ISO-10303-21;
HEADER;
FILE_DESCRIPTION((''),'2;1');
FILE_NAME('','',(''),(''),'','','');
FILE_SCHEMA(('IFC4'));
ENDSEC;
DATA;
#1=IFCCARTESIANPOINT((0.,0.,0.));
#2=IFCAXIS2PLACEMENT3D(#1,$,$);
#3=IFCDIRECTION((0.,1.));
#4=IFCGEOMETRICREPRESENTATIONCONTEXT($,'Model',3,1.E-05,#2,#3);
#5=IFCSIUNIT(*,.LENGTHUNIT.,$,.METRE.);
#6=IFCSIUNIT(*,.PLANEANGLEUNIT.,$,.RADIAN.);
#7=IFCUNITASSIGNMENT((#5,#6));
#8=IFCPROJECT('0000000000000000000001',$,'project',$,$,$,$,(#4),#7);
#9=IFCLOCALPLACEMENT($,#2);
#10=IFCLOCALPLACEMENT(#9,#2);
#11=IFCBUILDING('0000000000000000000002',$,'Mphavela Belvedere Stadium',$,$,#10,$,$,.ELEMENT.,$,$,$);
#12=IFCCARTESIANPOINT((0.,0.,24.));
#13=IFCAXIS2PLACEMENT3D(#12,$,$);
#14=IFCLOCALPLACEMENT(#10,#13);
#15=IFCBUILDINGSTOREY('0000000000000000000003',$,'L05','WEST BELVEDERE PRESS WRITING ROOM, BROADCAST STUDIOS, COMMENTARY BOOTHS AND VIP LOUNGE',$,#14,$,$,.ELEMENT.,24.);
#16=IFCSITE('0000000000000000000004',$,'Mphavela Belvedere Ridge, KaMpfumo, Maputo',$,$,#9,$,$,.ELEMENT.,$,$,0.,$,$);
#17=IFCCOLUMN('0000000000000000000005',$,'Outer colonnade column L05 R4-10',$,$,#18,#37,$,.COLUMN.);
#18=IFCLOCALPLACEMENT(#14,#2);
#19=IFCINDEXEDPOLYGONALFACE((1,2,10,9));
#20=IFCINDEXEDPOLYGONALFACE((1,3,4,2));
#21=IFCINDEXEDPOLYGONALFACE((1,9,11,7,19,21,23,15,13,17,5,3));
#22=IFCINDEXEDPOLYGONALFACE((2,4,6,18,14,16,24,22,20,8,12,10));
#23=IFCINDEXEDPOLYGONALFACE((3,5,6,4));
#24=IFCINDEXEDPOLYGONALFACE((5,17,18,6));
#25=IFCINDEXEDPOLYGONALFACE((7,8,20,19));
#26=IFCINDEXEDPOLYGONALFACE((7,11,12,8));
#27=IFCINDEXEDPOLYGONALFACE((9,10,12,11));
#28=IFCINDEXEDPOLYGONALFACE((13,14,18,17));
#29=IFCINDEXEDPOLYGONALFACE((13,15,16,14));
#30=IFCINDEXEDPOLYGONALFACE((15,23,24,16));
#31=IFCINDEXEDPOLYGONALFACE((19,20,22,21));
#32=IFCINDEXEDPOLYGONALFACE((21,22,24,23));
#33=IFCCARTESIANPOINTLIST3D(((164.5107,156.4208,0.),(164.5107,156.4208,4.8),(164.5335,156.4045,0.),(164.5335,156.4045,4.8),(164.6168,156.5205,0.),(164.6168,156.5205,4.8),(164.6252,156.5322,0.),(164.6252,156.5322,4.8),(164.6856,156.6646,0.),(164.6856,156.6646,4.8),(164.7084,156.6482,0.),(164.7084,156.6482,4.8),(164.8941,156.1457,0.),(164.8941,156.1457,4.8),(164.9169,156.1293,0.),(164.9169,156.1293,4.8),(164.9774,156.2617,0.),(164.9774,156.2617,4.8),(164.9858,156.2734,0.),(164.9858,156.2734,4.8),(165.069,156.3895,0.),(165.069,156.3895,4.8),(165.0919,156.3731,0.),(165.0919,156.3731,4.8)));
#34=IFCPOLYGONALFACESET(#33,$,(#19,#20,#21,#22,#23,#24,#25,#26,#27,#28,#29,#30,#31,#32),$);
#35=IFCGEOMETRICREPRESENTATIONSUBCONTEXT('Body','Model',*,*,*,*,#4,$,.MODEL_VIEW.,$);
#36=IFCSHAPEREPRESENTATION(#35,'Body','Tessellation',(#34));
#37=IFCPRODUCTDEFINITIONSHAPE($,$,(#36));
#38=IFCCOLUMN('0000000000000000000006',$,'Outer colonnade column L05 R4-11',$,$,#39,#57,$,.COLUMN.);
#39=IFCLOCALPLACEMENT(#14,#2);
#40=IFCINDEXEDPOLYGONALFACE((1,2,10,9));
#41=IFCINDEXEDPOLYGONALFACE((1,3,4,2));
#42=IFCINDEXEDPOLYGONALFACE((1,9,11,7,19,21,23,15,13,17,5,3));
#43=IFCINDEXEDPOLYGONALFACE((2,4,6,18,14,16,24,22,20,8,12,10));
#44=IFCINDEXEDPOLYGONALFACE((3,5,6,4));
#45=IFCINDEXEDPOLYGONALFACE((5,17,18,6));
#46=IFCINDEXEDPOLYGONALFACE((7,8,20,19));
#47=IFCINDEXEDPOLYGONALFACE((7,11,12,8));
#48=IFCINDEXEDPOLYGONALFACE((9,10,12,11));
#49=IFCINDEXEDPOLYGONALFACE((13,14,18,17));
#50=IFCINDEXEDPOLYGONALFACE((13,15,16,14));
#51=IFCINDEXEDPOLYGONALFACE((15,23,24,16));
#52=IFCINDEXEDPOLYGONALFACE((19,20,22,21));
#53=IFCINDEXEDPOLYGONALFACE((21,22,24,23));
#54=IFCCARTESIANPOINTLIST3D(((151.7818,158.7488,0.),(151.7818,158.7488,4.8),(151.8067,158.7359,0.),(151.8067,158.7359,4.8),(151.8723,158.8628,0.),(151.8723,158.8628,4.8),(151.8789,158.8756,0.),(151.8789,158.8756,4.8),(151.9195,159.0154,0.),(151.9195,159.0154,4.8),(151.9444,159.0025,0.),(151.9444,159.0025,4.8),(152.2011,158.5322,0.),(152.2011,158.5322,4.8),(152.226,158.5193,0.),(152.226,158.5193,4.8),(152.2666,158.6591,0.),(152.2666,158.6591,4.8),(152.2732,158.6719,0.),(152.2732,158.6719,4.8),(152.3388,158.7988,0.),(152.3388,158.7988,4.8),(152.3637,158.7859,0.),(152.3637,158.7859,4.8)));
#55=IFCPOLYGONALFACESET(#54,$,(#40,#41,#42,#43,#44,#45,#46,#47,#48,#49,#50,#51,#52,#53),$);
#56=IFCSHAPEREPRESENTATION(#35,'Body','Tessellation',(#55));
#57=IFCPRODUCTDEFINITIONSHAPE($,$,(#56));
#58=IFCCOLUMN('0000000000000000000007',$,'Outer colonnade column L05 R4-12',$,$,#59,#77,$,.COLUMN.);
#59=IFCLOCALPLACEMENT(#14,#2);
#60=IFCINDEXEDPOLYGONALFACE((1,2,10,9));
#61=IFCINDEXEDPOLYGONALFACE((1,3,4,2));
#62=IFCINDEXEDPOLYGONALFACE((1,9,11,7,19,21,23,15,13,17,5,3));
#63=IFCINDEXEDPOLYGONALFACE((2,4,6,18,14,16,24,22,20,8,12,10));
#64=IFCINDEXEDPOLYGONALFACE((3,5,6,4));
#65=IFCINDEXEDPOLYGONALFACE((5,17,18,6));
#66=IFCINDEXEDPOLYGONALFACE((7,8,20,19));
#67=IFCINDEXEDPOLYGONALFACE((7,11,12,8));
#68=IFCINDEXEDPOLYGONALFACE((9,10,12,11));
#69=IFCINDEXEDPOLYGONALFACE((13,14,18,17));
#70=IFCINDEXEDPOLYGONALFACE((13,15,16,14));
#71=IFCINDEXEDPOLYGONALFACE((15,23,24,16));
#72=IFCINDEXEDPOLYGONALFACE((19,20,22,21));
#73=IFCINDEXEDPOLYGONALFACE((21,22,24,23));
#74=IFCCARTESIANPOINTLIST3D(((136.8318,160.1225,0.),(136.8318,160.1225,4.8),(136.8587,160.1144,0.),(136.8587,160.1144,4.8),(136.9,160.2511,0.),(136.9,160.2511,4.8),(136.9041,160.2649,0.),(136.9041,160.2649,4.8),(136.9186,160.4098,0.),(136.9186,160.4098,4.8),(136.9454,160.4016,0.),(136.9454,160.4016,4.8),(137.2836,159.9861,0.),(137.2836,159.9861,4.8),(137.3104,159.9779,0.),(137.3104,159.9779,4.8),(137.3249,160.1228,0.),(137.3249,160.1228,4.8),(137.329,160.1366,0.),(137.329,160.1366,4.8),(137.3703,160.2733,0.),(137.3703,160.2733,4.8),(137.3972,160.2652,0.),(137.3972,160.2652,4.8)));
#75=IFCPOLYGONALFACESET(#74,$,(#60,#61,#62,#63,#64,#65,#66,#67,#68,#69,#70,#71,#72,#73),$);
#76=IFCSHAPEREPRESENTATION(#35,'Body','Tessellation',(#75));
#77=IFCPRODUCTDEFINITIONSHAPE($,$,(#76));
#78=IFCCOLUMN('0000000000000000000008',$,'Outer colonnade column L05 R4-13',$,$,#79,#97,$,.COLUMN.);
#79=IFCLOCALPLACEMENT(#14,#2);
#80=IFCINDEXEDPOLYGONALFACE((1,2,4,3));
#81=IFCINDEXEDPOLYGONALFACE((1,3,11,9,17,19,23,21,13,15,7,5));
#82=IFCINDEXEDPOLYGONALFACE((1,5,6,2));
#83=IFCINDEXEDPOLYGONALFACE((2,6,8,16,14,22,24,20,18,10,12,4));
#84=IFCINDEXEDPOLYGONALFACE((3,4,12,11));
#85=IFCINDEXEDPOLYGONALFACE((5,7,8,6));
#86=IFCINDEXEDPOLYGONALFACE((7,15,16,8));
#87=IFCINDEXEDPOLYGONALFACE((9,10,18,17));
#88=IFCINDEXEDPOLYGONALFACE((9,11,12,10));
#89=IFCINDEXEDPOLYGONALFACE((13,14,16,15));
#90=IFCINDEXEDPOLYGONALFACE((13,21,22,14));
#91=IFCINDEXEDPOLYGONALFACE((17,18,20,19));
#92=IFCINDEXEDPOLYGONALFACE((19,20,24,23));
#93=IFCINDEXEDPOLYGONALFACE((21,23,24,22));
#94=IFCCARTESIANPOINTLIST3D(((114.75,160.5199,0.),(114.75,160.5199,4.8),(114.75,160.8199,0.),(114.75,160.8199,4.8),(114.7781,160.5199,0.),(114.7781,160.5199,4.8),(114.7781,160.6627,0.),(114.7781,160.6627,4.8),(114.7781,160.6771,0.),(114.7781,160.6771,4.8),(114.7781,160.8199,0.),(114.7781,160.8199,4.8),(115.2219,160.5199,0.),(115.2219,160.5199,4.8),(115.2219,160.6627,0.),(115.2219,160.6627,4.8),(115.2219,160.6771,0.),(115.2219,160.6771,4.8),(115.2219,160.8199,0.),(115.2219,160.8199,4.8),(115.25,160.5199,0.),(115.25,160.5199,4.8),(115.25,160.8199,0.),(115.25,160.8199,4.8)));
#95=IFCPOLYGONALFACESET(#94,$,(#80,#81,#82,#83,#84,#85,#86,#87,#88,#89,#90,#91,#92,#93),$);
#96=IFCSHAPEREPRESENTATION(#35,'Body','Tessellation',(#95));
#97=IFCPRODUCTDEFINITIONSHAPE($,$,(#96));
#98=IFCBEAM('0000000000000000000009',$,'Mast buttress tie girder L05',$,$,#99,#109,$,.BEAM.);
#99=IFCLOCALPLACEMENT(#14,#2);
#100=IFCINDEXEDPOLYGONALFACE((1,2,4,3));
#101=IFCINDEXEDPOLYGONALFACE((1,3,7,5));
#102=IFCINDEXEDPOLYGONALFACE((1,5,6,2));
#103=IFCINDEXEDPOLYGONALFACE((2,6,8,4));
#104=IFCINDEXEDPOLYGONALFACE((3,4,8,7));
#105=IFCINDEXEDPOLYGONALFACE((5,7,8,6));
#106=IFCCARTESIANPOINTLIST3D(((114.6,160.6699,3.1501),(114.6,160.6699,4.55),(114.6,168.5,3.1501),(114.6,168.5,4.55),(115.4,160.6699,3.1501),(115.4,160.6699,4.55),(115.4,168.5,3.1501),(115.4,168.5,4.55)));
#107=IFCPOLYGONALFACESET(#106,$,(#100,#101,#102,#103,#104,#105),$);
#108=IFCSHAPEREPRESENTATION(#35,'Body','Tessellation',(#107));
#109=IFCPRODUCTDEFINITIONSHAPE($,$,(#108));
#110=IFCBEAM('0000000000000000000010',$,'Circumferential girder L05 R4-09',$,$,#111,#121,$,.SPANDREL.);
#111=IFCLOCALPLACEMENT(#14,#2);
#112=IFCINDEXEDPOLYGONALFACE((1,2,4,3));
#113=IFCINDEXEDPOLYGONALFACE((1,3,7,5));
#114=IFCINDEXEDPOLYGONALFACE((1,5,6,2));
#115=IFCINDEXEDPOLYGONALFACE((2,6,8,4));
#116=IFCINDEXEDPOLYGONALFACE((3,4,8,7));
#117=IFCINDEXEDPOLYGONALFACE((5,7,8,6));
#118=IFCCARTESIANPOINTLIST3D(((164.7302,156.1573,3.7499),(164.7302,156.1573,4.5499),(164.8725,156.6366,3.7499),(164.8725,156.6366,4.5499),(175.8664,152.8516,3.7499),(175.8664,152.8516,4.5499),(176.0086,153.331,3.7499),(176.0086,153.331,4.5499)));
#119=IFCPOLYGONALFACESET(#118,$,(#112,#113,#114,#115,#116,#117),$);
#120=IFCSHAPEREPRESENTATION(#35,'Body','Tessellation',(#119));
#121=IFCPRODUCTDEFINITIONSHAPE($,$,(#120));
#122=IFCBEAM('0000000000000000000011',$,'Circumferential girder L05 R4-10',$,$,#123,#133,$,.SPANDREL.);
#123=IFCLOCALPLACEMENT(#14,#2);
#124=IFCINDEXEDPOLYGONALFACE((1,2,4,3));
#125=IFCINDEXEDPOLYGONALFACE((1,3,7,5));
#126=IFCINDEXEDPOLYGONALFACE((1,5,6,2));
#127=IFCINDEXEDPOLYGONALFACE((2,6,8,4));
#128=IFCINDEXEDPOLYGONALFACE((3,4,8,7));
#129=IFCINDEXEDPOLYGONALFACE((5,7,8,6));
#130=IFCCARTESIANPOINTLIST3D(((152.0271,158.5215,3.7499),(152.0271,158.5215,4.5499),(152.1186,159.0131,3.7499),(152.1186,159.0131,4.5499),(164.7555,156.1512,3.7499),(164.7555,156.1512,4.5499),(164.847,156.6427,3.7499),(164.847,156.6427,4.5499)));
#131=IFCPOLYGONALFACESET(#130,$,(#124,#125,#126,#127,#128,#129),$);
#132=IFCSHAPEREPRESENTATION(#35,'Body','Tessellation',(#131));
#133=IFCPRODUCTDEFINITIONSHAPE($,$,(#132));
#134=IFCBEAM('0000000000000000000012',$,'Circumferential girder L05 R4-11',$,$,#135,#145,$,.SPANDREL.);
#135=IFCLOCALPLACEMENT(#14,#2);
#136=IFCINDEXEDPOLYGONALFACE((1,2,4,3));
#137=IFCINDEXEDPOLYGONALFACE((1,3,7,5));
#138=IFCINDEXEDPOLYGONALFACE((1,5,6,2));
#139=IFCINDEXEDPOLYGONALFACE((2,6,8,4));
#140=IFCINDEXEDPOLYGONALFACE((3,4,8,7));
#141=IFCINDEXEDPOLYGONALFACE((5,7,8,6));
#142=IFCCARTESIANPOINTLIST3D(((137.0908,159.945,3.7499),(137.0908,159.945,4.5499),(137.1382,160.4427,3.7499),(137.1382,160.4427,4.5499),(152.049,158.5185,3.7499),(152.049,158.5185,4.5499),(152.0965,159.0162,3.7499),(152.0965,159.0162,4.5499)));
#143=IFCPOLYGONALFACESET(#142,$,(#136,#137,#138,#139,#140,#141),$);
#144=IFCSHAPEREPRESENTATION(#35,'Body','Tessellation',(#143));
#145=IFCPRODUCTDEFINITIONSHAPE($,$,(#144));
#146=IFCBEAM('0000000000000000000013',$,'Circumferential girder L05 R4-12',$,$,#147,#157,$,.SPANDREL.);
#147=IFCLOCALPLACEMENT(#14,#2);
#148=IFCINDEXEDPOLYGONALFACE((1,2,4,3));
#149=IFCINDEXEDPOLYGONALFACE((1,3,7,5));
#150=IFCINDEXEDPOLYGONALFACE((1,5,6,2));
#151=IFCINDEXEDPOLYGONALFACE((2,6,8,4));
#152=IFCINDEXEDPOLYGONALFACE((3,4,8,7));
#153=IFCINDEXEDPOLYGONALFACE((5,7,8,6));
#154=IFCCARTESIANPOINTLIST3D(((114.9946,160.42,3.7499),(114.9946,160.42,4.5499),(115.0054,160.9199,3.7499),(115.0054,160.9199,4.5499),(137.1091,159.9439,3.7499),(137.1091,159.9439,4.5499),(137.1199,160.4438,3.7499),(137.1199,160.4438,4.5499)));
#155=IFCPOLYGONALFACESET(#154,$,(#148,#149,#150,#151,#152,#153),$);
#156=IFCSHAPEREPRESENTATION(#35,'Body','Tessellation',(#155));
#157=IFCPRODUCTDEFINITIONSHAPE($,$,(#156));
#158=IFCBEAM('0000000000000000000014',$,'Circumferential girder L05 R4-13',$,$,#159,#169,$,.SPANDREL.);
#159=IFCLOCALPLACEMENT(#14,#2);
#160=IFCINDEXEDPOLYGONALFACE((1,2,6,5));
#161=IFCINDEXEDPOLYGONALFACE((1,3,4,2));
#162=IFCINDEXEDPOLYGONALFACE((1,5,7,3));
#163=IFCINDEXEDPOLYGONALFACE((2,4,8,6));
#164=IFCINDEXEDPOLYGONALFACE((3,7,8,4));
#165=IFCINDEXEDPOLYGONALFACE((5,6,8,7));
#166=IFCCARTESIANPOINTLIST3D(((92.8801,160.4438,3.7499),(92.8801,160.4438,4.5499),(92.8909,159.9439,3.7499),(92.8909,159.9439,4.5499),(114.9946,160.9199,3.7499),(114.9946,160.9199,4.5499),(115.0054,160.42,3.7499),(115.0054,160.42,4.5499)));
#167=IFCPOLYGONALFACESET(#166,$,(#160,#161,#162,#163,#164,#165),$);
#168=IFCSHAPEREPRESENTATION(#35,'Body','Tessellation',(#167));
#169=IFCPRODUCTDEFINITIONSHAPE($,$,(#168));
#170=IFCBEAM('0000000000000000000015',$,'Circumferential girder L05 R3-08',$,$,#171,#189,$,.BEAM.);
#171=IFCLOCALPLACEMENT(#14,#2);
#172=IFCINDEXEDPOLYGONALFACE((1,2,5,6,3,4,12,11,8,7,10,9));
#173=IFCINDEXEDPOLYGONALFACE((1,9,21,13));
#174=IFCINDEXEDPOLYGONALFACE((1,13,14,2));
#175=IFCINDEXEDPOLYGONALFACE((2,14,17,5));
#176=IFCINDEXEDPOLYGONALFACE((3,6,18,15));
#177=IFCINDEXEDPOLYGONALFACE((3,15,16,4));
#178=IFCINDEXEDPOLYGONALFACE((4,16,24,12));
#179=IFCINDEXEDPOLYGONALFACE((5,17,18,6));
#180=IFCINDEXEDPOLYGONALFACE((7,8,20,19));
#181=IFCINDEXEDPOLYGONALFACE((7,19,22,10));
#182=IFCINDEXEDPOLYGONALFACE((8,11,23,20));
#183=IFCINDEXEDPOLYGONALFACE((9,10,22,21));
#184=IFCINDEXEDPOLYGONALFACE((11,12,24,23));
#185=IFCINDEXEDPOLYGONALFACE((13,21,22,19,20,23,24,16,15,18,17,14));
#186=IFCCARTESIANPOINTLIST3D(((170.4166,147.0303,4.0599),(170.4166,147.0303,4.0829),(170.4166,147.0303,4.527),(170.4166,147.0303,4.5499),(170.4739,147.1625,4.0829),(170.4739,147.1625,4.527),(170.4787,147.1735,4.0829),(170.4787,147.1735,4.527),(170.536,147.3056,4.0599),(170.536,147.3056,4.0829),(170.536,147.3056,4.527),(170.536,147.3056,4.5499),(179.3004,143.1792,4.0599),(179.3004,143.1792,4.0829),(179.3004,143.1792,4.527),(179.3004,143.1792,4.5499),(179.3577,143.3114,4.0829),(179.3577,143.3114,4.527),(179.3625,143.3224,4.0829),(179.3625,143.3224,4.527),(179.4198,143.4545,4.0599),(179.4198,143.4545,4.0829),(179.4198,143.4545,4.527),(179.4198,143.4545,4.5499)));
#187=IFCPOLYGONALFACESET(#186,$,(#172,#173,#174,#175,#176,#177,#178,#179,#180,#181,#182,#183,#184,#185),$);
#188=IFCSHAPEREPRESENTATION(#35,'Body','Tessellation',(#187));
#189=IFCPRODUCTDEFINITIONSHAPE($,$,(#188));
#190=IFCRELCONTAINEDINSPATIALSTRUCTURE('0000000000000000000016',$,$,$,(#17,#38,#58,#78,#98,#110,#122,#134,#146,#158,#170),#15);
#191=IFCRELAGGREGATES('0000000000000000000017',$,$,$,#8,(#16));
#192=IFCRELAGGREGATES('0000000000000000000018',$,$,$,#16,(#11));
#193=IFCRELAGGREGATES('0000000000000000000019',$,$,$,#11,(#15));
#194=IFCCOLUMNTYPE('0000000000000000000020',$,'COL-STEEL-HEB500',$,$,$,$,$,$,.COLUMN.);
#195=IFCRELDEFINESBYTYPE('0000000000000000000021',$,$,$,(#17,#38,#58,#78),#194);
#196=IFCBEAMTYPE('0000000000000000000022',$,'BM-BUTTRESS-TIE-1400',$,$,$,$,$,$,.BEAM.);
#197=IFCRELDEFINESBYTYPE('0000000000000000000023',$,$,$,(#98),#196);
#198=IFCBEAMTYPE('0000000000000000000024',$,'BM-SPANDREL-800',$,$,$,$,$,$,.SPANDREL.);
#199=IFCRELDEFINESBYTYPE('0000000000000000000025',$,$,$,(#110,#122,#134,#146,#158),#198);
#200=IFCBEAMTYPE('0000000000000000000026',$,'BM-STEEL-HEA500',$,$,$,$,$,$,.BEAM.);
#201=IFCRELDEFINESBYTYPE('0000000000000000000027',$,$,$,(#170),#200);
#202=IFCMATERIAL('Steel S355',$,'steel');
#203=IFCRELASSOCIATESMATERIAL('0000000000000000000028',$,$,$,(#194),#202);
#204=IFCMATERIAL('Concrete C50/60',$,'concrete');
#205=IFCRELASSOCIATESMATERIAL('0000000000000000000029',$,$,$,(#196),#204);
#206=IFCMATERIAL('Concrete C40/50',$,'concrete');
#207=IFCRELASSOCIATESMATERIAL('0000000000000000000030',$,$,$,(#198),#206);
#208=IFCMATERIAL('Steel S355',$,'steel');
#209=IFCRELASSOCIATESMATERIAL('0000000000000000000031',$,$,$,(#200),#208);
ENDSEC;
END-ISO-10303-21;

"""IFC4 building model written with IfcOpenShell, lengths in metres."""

from ifc_helpers import new_model, si_unit, direction, frame, origin, origin_2d, place, context, subcontext, project, spatial, rectangle, i_section, extrude, material, material_profile, profile_set, type_object, element, save


model = new_model("IFC4")

# Units and contexts
model_context = context("Model", 3, precision=1e-05, world=origin(), true_north=direction((0.0, 1.0)))
body_context = subcontext(model_context, "Body", "Model", "MODEL_VIEW")
ifc_project = project(units=[si_unit("LENGTHUNIT", "METRE"), si_unit("PLANEANGLEUNIT", "RADIAN")], contexts=[model_context])

# Site, building, storey
site_placement = place(None, origin())
site = spatial("IfcSite", under=ifc_project, at=site_placement, Name="Mphavela Belvedere Ridge, KaMpfumo, Maputo", CompositionType="ELEMENT", RefElevation=0.0)
building_placement = place(site_placement, origin())
building = spatial("IfcBuilding", under=site, at=building_placement, Name="Mphavela Belvedere Stadium", CompositionType="ELEMENT")
storey_placement = place(building_placement, frame((0.0, 0.0, 24.0)))
storey = spatial("IfcBuildingStorey", under=building, at=storey_placement, Name="L05", Description="WEST BELVEDERE PRESS WRITING ROOM, BROADCAST STUDIOS, COMMENTARY BOOTHS AND VIP LOUNGE", CompositionType="ELEMENT", Elevation=24.0)

# Columns
ifc_material_1 = material(Name="Steel S355", Category="steel")
ifc_material_profile_1 = material_profile(ifc_material_1, i_section(OverallWidth=0.3, OverallDepth=0.5, WebThickness=0.0144, FlangeThickness=0.0281, at=origin_2d()), Name="HEB 500")
ifc_profile_set_1 = profile_set([ifc_material_profile_1], Name="Steel S355")
column_type_1 = type_object("IfcColumnType", Name="COL-STEEL-HEB500", PredefinedType="COLUMN", material=ifc_profile_set_1)
for number, where, z_axis, x_axis, name in (
    (1, (164.8013, 156.397, 0.0), (0.0, 0.0, 1.0), (0.582974, 0.812491, 0.0), "Outer colonnade column L05 R4-10"),
    (2, (152.0728, 158.7673, 0.0), (0.0, 0.0, 1.0), (0.45896, 0.888457, 0.0), "Outer colonnade column L05 R4-11"),
    (3, (137.1145, 160.1938, 0.0), (0.0, 0.0, 1.0), (0.289199, 0.957269, 0.0), "Outer colonnade column L05 R4-12"),
    (4, (115.0, 160.6699, 0.0), (0.0, 0.0, 1.0), (0.0, 1.0, 0.0), "Outer colonnade column L05 R4-13"),
):
    element("IfcColumn", number, at=place(storey_placement, frame(where, z_axis=z_axis, x_axis=x_axis)), inside=storey, type_object=column_type_1, Name=name, PredefinedType="COLUMN", context=body_context, shape_type="SweptSolid", body=[
        extrude(i_section(OverallWidth=0.3, OverallDepth=0.5, WebThickness=0.0144, FlangeThickness=0.0281, at=origin_2d()), origin(), (0.0, 0.0, 1.0), 4.8),
    ])

# Beams
ifc_material_2 = material(Name="Concrete C50/60", Category="concrete")
ifc_material_profile_2 = material_profile(ifc_material_2, rectangle(XDim=0.8, YDim=1.3999, at=origin_2d()), Name="RC 800x1400")
ifc_profile_set_2 = profile_set([ifc_material_profile_2], Name="Concrete C50/60")
beam_type_1 = type_object("IfcBeamType", Name="BM-BUTTRESS-TIE-1400", PredefinedType="BEAM", material=ifc_profile_set_2)
beam_1_placement = place(storey_placement, frame((115.0, 160.6699, 3.8501), z_axis=(0.0, 1.0, 0.0), x_axis=(-1.0, 0.0, 0.0)))
element("IfcBeam", 5, at=beam_1_placement, inside=storey, type_object=beam_type_1, Name="Mast buttress tie girder L05", PredefinedType="BEAM", context=body_context, shape_type="SweptSolid", body=[
    extrude(rectangle(XDim=0.8, YDim=1.3999, at=origin_2d()), origin(), (0.0, 0.0, 1.0), 7.8301),
])
ifc_material_3 = material(Name="Concrete C40/50", Category="concrete")
ifc_material_profile_3 = material_profile(ifc_material_3, rectangle(XDim=0.5, YDim=0.8, at=origin_2d()), Name="RC 500x800")
ifc_profile_set_3 = profile_set([ifc_material_profile_3], Name="Concrete C40/50")
beam_type_2 = type_object("IfcBeamType", Name="BM-SPANDREL-800", PredefinedType="SPANDREL", material=ifc_profile_set_3)
beam_2_placement = place(storey_placement, frame((175.9375, 153.0913, 4.1499), z_axis=(-0.958656, 0.284566, 0.0), x_axis=(-0.284566, -0.958656, 0.0)))
element("IfcBeam", 6, at=beam_2_placement, inside=storey, type_object=beam_type_2, Name="Circumferential girder L05 R4-09", PredefinedType="SPANDREL", context=body_context, shape_type="SweptSolid", body=[
    extrude(rectangle(XDim=0.5, YDim=0.8, at=origin_2d()), origin(), (0.0, 0.0, 1.0), 11.6165),
])
beam_3_placement = place(storey_placement, frame((164.8013, 156.397, 4.1499), z_axis=(-0.983099, 0.183077, 0.0), x_axis=(-0.183077, -0.983099, 0.0)))
element("IfcBeam", 7, at=beam_3_placement, inside=storey, type_object=beam_type_2, Name="Circumferential girder L05 R4-10", PredefinedType="SPANDREL", context=body_context, shape_type="SweptSolid", body=[
    extrude(rectangle(XDim=0.5, YDim=0.8, at=origin_2d()), origin(), (0.0, 0.0, 1.0), 12.9473),
])
beam_4_placement = place(storey_placement, frame((152.0728, 158.7673, 4.1499), z_axis=(-0.995483, 0.094936, 0.0), x_axis=(-0.094936, -0.995483, 0.0)))
element("IfcBeam", 8, at=beam_4_placement, inside=storey, type_object=beam_type_2, Name="Circumferential girder L05 R4-11", PredefinedType="SPANDREL", context=body_context, shape_type="SweptSolid", body=[
    extrude(rectangle(XDim=0.5, YDim=0.8, at=origin_2d()), origin(), (0.0, 0.0, 1.0), 15.0261),
])
for number, where, z_axis, x_axis, name in (
    (9, (137.1145, 160.1938, 4.1499), (-0.999768, 0.021523, 0.0), (-0.021523, -0.999768, 0.0), "Circumferential girder L05 R4-12"),
    (10, (115.0, 160.6699, 4.1499), (-0.999768, -0.021523, 0.0), (0.021523, -0.999768, 0.0), "Circumferential girder L05 R4-13"),
):
    element("IfcBeam", number, at=place(storey_placement, frame(where, z_axis=z_axis, x_axis=x_axis)), inside=storey, type_object=beam_type_2, Name=name, PredefinedType="SPANDREL", context=body_context, shape_type="SweptSolid", body=[
        extrude(rectangle(XDim=0.5, YDim=0.8, at=origin_2d()), origin(), (0.0, 0.0, 1.0), 22.1196),
    ])
ifc_material_4 = material(Name="Steel S355", Category="steel")
ifc_material_profile_4 = material_profile(ifc_material_4, i_section(OverallWidth=0.3, OverallDepth=0.49, WebThickness=0.012, FlangeThickness=0.0229, at=origin_2d()), Name="HEA 500")
ifc_profile_set_4 = profile_set([ifc_material_profile_4], Name="Steel S355")
beam_type_3 = type_object("IfcBeamType", Name="BM-STEEL-HEA500", PredefinedType="BEAM", material=ifc_profile_set_4)
beam_5_placement = place(storey_placement, frame((179.3601, 143.3169, 4.3049), z_axis=(-0.917502, 0.397732, 0.0), x_axis=(-0.397732, -0.917502, 0.0)))
element("IfcBeam", 11, at=beam_5_placement, inside=storey, type_object=beam_type_3, Name="Circumferential girder L05 R3-08", PredefinedType="BEAM", context=body_context, shape_type="SweptSolid", body=[
    extrude(i_section(OverallWidth=0.3, OverallDepth=0.49, WebThickness=0.012, FlangeThickness=0.0229, at=origin_2d()), origin(), (0.0, 0.0, 1.0), 9.6826),
])

save(model, "model.ifc")
